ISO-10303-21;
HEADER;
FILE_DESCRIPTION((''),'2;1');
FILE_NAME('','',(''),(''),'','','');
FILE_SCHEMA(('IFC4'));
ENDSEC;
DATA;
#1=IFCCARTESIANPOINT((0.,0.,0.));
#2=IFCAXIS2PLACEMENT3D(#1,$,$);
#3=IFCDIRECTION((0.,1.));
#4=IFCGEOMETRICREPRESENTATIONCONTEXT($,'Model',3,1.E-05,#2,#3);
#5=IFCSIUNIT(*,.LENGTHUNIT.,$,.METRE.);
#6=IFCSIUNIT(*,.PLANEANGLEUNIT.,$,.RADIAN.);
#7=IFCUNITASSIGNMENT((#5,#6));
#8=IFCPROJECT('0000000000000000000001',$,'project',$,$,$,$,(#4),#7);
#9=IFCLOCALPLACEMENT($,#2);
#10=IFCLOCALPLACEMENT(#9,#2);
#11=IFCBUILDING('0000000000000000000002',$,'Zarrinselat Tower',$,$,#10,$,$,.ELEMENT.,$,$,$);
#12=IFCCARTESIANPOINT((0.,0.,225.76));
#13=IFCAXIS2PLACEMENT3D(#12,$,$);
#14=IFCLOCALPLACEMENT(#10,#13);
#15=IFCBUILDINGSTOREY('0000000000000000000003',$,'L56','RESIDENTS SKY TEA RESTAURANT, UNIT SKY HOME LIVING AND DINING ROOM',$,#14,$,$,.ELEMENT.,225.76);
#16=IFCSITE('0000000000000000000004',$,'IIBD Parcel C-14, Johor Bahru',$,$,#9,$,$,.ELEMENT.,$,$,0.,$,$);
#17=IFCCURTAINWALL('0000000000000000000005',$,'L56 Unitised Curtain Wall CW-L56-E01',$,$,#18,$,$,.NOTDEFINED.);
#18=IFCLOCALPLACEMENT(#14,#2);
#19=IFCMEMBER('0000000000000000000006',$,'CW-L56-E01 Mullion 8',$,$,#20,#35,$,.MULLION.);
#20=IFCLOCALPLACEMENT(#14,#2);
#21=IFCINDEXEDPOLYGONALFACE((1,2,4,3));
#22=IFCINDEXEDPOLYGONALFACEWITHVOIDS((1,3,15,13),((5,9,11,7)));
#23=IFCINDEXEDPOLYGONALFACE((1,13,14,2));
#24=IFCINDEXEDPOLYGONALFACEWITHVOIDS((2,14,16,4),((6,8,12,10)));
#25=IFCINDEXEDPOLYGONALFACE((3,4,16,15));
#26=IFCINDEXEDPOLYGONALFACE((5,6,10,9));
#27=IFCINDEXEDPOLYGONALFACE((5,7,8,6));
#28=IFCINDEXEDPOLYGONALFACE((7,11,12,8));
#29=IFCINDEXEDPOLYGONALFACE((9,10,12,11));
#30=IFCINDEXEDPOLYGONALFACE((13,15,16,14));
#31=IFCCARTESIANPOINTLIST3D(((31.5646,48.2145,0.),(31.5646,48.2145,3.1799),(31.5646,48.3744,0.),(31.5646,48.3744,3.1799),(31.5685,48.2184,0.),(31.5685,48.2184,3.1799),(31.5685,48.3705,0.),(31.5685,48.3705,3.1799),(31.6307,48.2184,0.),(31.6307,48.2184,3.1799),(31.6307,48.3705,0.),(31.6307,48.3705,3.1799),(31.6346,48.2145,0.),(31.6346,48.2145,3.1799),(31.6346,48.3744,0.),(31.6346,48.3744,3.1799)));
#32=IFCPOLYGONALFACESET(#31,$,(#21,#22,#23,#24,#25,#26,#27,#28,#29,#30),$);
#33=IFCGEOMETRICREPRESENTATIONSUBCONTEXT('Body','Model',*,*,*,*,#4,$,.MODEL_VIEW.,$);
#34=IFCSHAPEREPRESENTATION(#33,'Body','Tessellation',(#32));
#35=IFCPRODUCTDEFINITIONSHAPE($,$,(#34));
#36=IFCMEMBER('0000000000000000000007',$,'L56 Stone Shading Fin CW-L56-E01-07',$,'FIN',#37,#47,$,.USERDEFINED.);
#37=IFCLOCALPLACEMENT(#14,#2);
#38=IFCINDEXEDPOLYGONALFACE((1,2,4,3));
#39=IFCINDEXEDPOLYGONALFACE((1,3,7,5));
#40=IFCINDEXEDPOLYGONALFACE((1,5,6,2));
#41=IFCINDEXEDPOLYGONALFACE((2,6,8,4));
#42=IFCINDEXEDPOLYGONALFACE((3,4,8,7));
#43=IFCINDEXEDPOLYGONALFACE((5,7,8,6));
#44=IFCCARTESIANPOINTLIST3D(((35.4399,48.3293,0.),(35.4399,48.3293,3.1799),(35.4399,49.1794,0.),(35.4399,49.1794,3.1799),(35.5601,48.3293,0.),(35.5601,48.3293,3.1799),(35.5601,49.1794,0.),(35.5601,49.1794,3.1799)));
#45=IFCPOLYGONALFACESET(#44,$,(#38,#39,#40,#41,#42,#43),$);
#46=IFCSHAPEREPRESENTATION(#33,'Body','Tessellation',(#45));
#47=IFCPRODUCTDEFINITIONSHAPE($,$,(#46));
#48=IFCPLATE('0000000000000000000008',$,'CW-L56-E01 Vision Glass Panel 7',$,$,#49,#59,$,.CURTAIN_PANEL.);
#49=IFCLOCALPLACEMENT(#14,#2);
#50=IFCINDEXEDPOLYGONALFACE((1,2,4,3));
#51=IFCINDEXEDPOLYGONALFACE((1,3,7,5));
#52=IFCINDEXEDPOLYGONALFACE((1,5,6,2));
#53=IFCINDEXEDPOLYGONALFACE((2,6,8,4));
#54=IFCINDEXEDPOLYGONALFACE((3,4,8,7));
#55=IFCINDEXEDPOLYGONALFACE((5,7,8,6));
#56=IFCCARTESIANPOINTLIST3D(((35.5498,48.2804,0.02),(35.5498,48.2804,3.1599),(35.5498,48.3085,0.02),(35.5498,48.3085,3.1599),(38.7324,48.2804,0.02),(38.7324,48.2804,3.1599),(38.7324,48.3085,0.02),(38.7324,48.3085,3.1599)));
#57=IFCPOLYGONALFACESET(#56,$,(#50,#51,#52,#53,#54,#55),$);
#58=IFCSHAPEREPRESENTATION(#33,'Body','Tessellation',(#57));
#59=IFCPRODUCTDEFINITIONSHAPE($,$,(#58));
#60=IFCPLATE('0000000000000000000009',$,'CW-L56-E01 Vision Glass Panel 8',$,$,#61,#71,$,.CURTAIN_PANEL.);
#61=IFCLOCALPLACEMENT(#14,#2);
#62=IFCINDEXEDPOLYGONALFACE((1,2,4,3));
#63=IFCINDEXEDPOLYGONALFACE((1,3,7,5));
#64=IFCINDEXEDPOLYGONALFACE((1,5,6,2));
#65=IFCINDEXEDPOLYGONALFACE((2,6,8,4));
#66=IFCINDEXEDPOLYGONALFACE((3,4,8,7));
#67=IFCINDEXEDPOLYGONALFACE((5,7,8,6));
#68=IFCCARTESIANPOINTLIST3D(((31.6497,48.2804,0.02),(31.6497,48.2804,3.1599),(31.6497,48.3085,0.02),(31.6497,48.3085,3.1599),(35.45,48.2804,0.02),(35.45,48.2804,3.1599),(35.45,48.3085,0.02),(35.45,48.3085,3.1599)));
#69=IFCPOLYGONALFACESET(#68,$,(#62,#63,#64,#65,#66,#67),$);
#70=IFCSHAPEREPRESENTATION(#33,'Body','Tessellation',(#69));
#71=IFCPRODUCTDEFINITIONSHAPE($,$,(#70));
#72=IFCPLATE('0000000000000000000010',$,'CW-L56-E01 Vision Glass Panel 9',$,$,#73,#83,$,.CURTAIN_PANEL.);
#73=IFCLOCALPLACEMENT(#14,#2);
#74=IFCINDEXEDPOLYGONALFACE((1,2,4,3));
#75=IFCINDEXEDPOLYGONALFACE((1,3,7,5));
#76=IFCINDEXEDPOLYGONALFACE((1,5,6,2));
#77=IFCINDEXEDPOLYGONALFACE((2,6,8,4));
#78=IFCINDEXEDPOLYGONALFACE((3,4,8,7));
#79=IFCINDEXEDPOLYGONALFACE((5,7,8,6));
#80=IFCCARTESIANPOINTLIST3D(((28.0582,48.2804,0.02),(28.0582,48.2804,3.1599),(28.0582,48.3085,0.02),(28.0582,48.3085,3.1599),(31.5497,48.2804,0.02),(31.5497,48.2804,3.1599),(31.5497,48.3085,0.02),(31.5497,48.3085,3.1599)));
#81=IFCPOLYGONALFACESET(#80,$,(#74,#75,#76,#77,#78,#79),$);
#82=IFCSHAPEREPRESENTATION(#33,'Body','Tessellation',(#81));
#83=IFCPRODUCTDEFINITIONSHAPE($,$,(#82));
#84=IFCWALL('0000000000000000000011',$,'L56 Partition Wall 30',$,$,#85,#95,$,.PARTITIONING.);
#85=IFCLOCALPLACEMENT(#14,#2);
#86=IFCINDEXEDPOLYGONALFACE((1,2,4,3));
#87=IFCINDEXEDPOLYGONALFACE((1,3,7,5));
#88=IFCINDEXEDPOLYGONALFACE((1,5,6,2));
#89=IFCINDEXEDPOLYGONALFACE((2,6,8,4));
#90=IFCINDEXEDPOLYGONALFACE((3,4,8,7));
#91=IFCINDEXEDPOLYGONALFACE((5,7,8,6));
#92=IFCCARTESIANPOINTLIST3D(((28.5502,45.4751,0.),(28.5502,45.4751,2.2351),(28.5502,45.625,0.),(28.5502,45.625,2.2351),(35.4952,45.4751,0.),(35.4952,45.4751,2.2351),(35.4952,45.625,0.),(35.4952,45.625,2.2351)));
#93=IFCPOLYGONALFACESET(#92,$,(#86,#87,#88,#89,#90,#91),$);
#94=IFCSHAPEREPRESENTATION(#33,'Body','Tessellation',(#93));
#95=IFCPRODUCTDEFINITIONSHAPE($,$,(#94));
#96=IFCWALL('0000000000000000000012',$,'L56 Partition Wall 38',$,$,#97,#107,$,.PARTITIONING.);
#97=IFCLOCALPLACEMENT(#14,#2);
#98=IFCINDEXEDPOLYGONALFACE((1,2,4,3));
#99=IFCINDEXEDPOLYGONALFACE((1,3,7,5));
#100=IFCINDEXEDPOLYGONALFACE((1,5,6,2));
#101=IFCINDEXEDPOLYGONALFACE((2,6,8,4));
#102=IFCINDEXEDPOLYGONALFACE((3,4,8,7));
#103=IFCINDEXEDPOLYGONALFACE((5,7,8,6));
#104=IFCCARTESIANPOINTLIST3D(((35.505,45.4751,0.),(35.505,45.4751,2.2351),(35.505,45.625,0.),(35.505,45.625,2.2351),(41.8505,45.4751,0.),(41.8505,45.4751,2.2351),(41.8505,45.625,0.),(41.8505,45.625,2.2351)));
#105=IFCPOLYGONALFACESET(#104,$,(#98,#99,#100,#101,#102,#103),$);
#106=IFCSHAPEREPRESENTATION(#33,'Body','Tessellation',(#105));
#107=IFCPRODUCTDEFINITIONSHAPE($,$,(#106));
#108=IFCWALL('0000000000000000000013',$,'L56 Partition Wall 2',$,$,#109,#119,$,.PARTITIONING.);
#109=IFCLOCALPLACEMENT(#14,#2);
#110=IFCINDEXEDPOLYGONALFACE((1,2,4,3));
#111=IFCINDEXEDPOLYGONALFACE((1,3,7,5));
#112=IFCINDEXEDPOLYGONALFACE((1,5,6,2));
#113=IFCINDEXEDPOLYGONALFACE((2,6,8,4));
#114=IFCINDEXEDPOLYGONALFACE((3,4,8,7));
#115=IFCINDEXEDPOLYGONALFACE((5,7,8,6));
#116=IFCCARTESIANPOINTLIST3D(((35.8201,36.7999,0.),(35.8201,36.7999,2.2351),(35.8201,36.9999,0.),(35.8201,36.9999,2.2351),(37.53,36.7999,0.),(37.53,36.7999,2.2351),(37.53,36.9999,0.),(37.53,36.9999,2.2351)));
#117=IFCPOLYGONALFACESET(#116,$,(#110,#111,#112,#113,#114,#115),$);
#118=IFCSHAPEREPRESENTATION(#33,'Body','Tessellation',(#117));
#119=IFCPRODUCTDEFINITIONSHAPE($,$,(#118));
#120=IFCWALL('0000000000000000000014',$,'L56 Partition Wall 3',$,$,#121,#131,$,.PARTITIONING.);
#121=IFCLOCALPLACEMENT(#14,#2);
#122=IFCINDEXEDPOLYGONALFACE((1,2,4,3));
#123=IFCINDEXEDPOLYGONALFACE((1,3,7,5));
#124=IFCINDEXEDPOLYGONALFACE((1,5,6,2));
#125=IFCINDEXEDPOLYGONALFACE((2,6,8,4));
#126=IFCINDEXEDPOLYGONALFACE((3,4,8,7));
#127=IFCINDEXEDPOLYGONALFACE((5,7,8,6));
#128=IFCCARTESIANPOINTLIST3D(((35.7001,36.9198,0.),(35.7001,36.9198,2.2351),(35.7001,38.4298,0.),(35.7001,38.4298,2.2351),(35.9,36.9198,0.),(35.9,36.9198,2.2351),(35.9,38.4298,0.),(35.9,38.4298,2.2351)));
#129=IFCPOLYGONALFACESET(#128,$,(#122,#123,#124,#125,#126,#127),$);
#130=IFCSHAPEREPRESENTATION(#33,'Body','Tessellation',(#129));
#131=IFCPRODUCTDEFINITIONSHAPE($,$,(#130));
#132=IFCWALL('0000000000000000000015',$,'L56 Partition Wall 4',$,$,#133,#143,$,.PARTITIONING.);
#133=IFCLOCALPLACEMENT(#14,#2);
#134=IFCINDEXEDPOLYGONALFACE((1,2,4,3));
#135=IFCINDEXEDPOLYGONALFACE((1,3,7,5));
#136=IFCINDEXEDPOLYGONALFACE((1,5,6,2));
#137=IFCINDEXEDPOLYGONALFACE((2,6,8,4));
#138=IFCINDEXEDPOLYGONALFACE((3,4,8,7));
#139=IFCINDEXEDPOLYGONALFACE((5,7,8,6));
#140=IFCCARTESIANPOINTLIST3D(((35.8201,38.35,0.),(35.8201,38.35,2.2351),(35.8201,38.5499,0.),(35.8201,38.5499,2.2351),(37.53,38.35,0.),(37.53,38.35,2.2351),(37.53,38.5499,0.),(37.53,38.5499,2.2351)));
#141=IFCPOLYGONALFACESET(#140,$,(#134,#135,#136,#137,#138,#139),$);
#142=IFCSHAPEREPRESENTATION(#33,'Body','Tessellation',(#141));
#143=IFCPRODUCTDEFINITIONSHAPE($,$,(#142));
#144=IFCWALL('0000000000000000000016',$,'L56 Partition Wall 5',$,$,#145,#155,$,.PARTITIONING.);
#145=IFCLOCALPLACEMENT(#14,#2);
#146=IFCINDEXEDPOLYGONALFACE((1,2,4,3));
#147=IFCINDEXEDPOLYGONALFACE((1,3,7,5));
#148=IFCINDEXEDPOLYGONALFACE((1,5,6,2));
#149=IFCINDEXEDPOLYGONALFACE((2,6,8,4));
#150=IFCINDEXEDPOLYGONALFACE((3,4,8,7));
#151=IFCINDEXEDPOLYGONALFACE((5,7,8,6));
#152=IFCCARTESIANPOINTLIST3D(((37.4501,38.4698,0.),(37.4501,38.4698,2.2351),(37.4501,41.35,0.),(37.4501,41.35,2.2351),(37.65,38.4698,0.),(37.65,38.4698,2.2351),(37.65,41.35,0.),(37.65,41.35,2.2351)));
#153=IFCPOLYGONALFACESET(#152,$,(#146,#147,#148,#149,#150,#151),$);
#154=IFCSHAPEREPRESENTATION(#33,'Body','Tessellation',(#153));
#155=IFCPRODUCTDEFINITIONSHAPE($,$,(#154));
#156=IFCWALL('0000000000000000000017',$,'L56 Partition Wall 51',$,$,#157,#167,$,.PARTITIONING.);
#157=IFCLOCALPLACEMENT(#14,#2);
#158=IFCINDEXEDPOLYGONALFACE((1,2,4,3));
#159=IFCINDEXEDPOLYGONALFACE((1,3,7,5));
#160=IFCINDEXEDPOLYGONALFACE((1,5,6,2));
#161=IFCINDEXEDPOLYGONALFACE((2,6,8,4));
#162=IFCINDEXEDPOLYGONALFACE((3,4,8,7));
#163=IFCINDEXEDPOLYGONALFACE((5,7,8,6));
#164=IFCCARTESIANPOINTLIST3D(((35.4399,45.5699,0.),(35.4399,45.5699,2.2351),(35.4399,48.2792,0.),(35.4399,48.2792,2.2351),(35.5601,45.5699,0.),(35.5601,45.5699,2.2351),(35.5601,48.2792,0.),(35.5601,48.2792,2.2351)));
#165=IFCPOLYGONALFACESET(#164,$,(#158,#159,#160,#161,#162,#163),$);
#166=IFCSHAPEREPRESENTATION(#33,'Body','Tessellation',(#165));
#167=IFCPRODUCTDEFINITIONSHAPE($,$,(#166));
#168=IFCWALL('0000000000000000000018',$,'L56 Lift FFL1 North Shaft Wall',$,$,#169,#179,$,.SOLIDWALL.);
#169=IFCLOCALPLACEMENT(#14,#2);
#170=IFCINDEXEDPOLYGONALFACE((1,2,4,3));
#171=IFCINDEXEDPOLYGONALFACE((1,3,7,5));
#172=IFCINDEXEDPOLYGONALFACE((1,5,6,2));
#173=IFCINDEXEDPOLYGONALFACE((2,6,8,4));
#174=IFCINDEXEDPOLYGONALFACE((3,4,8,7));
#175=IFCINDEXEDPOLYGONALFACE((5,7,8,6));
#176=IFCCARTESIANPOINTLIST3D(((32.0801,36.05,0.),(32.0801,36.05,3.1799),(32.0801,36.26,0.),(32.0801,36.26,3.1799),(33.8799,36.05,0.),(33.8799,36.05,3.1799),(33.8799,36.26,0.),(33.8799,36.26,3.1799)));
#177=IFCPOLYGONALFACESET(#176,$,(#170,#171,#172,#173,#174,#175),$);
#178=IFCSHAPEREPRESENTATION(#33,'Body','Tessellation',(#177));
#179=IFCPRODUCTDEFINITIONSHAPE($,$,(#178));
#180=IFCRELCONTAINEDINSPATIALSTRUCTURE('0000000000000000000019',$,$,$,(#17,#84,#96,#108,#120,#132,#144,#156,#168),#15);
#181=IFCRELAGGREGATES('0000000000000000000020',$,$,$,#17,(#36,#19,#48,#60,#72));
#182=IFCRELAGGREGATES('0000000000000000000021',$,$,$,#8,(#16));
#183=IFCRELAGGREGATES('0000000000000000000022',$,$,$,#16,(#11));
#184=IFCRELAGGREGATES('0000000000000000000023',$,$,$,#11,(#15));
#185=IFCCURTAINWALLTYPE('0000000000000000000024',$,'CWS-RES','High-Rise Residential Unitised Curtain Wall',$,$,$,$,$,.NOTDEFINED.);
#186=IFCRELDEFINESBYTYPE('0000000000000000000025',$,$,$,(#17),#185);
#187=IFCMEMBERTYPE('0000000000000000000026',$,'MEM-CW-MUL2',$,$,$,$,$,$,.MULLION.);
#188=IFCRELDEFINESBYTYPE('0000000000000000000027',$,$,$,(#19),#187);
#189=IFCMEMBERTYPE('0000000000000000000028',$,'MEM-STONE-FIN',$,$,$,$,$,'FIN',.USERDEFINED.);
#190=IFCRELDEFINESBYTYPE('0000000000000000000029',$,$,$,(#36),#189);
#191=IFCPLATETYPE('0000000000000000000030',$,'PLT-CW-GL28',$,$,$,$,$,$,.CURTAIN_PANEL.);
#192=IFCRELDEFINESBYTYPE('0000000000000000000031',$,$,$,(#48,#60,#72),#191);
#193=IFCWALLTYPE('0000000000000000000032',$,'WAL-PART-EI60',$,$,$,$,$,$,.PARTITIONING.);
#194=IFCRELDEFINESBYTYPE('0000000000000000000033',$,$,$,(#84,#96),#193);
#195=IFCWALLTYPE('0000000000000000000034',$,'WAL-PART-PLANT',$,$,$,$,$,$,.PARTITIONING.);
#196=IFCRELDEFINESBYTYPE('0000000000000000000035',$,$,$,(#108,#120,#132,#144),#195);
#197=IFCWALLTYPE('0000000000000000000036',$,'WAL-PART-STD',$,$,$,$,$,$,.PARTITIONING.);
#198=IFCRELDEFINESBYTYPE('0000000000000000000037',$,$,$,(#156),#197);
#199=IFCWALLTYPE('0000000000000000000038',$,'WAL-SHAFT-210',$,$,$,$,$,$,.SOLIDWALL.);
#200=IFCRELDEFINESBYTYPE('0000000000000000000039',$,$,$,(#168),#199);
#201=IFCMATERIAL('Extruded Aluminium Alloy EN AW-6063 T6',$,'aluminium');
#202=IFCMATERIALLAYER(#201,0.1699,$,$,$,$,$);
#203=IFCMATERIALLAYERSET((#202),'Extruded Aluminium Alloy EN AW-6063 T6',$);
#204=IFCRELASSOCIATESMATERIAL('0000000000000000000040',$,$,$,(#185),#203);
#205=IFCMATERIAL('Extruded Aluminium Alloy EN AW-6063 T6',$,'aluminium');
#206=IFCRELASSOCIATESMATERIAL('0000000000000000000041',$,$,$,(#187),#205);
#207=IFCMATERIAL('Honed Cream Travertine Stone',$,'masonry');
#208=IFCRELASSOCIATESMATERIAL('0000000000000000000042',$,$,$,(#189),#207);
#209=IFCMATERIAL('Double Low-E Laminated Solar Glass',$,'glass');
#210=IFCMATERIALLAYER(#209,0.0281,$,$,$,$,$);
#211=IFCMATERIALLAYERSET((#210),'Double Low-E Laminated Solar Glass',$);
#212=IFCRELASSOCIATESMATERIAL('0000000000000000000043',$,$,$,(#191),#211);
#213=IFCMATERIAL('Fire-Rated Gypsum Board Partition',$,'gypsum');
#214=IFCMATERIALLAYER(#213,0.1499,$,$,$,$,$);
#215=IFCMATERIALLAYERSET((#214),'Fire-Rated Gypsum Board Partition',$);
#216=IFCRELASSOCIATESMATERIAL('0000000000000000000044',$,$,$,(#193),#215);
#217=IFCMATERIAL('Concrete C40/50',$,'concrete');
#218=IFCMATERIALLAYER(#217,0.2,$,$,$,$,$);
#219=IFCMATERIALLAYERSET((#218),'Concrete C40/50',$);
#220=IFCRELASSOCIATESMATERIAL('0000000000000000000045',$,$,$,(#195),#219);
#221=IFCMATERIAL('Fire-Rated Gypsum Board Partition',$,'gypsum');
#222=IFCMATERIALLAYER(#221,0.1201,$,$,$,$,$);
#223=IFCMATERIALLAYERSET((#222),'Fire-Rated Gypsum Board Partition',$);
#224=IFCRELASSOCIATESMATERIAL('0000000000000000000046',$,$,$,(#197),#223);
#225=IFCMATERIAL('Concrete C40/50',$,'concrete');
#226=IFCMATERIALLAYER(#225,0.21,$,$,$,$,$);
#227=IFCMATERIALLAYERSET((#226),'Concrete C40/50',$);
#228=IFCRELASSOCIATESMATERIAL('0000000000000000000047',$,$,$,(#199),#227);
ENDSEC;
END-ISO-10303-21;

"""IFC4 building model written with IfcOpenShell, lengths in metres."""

from ifc_helpers import new_model, si_unit, direction, frame, frame_2d, origin, origin_2d, place, context, subcontext, project, spatial, rectangle, hollow_rectangle, extrude, material, layer, layer_set, material_profile, profile_set, type_object, element, aggregate, save


model = new_model("IFC4")

# Units and contexts
model_context = context("Model", 3, precision=1e-05, world=origin(), true_north=direction((0.0, 1.0)))
body_context = subcontext(model_context, "Body", "Model", "MODEL_VIEW")
ifc_project = project(units=[si_unit("LENGTHUNIT", "METRE"), si_unit("PLANEANGLEUNIT", "RADIAN")], contexts=[model_context])

# Site, building, storey
site_placement = place(None, origin())
site = spatial("IfcSite", under=ifc_project, at=site_placement, Name="IIBD Parcel C-14, Johor Bahru", CompositionType="ELEMENT", RefElevation=0.0)
building_placement = place(site_placement, origin())
building = spatial("IfcBuilding", under=site, at=building_placement, Name="Zarrinselat Tower", CompositionType="ELEMENT")
storey_placement = place(building_placement, frame((0.0, 0.0, 225.76)))
storey = spatial("IfcBuildingStorey", under=building, at=storey_placement, Name="L56", Description="RESIDENTS SKY TEA RESTAURANT, UNIT SKY HOME LIVING AND DINING ROOM", CompositionType="ELEMENT", Elevation=225.76)

# Curtain wall, members, plates
ifc_material_1 = material(Name="Extruded Aluminium Alloy EN AW-6063 T6", Category="aluminium")
ifc_layer_1 = layer(ifc_material_1, 0.1699)
ifc_layer_set_1 = layer_set([ifc_layer_1], Name="Extruded Aluminium Alloy EN AW-6063 T6")
curtain_wall_type = type_object("IfcCurtainWallType", Name="CWS-RES", Description="High-Rise Residential Unitised Curtain Wall", PredefinedType="NOTDEFINED", material=ifc_layer_set_1)
curtain_wall_placement = place(storey_placement, origin())
curtain_wall = element("IfcCurtainWall", 1, at=curtain_wall_placement, inside=storey, type_object=curtain_wall_type, Name="L56 Unitised Curtain Wall CW-L56-E01", PredefinedType="NOTDEFINED")
ifc_material_2 = material(Name="Extruded Aluminium Alloy EN AW-6063 T6", Category="aluminium")
ifc_material_profile_1 = material_profile(ifc_material_2, hollow_rectangle(XDim=0.0701, YDim=0.1599, WallThickness=0.0039, at=origin_2d()), Name="RHS 160x70x4")
ifc_profile_set_1 = profile_set([ifc_material_profile_1], Name="Extruded Aluminium Alloy EN AW-6063 T6")
member_type_1 = type_object("IfcMemberType", Name="MEM-CW-MUL2", PredefinedType="MULLION", material=ifc_profile_set_1)
member_1_placement = place(storey_placement, frame((31.5996, 48.2944, 0.0), z_axis=(0.0, 0.0, 1.0), x_axis=(-1.0, 0.0, 0.0)))
member_1 = element("IfcMember", 2, at=member_1_placement, type_object=member_type_1, Name="CW-L56-E01 Mullion 8", PredefinedType="MULLION", context=body_context, shape_type="SweptSolid", body=[
    extrude(hollow_rectangle(XDim=0.0701, YDim=0.1599, WallThickness=0.0039, at=origin_2d()), origin(), (0.0, 0.0, 1.0), 3.1799),
])
ifc_material_3 = material(Name="Honed Cream Travertine Stone", Category="masonry")
ifc_material_profile_2 = material_profile(ifc_material_3, rectangle(XDim=0.1201, YDim=0.8501, at=origin_2d()), Name="FIN 850x120")
ifc_profile_set_2 = profile_set([ifc_material_profile_2], Name="Honed Cream Travertine Stone")
member_type_2 = type_object("IfcMemberType", Name="MEM-STONE-FIN", ElementType="FIN", PredefinedType="USERDEFINED", material=ifc_profile_set_2)
member_2_placement = place(storey_placement, frame((35.5, 48.7544, 0.0), z_axis=(0.0, 0.0, 1.0), x_axis=(1.0, 0.0, 0.0)))
member_2 = element("IfcMember", 3, at=member_2_placement, type_object=member_type_2, Name="L56 Stone Shading Fin CW-L56-E01-07", ObjectType="FIN", PredefinedType="USERDEFINED", context=body_context, shape_type="SweptSolid", body=[
    extrude(rectangle(XDim=0.1201, YDim=0.8501, at=origin_2d()), origin(), (0.0, 0.0, 1.0), 3.1799),
])
ifc_material_4 = material(Name="Double Low-E Laminated Solar Glass", Category="glass")
ifc_layer_2 = layer(ifc_material_4, 0.0281)
ifc_layer_set_2 = layer_set([ifc_layer_2], Name="Double Low-E Laminated Solar Glass")
plate_type = type_object("IfcPlateType", Name="PLT-CW-GL28", PredefinedType="CURTAIN_PANEL", material=ifc_layer_set_2)
plate_1_placement = place(storey_placement, frame((37.1411, 48.2944, 0.02), z_axis=(0.0, 0.0, 1.0), x_axis=(-1.0, 0.0, 0.0)))
plate_1 = element("IfcPlate", 4, at=plate_1_placement, type_object=plate_type, Name="CW-L56-E01 Vision Glass Panel 7", PredefinedType="CURTAIN_PANEL", context=body_context, shape_type="SweptSolid", body=[
    extrude(rectangle(XDim=3.1826, YDim=0.0281, at=origin_2d()), origin(), (0.0, 0.0, 1.0), 3.1399),
])
plate_2_placement = place(storey_placement, frame((33.5498, 48.2944, 0.02), z_axis=(0.0, 0.0, 1.0), x_axis=(-1.0, 0.0, 0.0)))
plate_2 = element("IfcPlate", 5, at=plate_2_placement, type_object=plate_type, Name="CW-L56-E01 Vision Glass Panel 8", PredefinedType="CURTAIN_PANEL", context=body_context, shape_type="SweptSolid", body=[
    extrude(rectangle(XDim=3.8003, YDim=0.0281, at=origin_2d()), origin(), (0.0, 0.0, 1.0), 3.1399),
])
plate_3_placement = place(storey_placement, frame((29.804, 48.2944, 0.02), z_axis=(0.0, 0.0, 1.0), x_axis=(-1.0, 0.0, 0.0)))
plate_3 = element("IfcPlate", 6, at=plate_3_placement, type_object=plate_type, Name="CW-L56-E01 Vision Glass Panel 9", PredefinedType="CURTAIN_PANEL", context=body_context, shape_type="SweptSolid", body=[
    extrude(rectangle(XDim=3.4915, YDim=0.0281, at=origin_2d()), origin(), (0.0, 0.0, 1.0), 3.1399),
])
aggregate(curtain_wall, [member_2, member_1, plate_1, plate_2, plate_3])

# Walls
ifc_material_5 = material(Name="Fire-Rated Gypsum Board Partition", Category="gypsum")
ifc_layer_3 = layer(ifc_material_5, 0.1499)
ifc_layer_set_3 = layer_set([ifc_layer_3], Name="Fire-Rated Gypsum Board Partition")
wall_type_1 = type_object("IfcWallType", Name="WAL-PART-EI60", PredefinedType="PARTITIONING", material=ifc_layer_set_3)
wall_1_placement = place(storey_placement, frame((28.55, 45.55, 0.0), z_axis=(0.0, 0.0, 1.0), x_axis=(1.0, 0.0, 0.0)))
element("IfcWall", 7, at=wall_1_placement, inside=storey, type_object=wall_type_1, Name="L56 Partition Wall 30", PredefinedType="PARTITIONING", context=body_context, shape_type="SweptSolid", body=[
    extrude(rectangle(XDim=6.9451, YDim=0.1499, at=frame_2d((3.4727, 0.0))), origin(), (0.0, 0.0, 1.0), 2.2351),
])
wall_2_placement = place(storey_placement, frame((35.5049, 45.55, 0.0), z_axis=(0.0, 0.0, 1.0), x_axis=(1.0, 0.0, 0.0)))
element("IfcWall", 8, at=wall_2_placement, inside=storey, type_object=wall_type_1, Name="L56 Partition Wall 38", PredefinedType="PARTITIONING", context=body_context, shape_type="SweptSolid", body=[
    extrude(rectangle(XDim=6.3455, YDim=0.1499, at=frame_2d((3.1729, 0.0))), origin(), (0.0, 0.0, 1.0), 2.2351),
])
ifc_material_6 = material(Name="Concrete C40/50", Category="concrete")
ifc_layer_4 = layer(ifc_material_6, 0.2)
ifc_layer_set_4 = layer_set([ifc_layer_4], Name="Concrete C40/50")
wall_type_2 = type_object("IfcWallType", Name="WAL-PART-PLANT", PredefinedType="PARTITIONING", material=ifc_layer_set_4)
wall_3_placement = place(storey_placement, frame((35.8201, 36.8999, 0.0), z_axis=(0.0, 0.0, 1.0), x_axis=(1.0, 0.0, 0.0)))
element("IfcWall", 9, at=wall_3_placement, inside=storey, type_object=wall_type_2, Name="L56 Partition Wall 2", PredefinedType="PARTITIONING", context=body_context, shape_type="SweptSolid", body=[
    extrude(rectangle(XDim=1.71, YDim=0.2, at=frame_2d((0.855, 0.0))), origin(), (0.0, 0.0, 1.0), 2.2351),
])
wall_4_placement = place(storey_placement, frame((35.8, 36.9199, 0.0), z_axis=(0.0, 0.0, 1.0), x_axis=(0.0, 1.0, 0.0)))
element("IfcWall", 10, at=wall_4_placement, inside=storey, type_object=wall_type_2, Name="L56 Partition Wall 3", PredefinedType="PARTITIONING", context=body_context, shape_type="SweptSolid", body=[
    extrude(rectangle(XDim=1.51, YDim=0.2, at=frame_2d((0.7549, 0.0))), origin(), (0.0, 0.0, 1.0), 2.2351),
])
wall_5_placement = place(storey_placement, frame((35.8201, 38.45, 0.0), z_axis=(0.0, 0.0, 1.0), x_axis=(1.0, 0.0, 0.0)))
element("IfcWall", 11, at=wall_5_placement, inside=storey, type_object=wall_type_2, Name="L56 Partition Wall 4", PredefinedType="PARTITIONING", context=body_context, shape_type="SweptSolid", body=[
    extrude(rectangle(XDim=1.71, YDim=0.2, at=frame_2d((0.855, 0.0))), origin(), (0.0, 0.0, 1.0), 2.2351),
])
wall_6_placement = place(storey_placement, frame((37.55, 38.47, 0.0), z_axis=(0.0, 0.0, 1.0), x_axis=(0.0, 1.0, 0.0)))
element("IfcWall", 12, at=wall_6_placement, inside=storey, type_object=wall_type_2, Name="L56 Partition Wall 5", PredefinedType="PARTITIONING", context=body_context, shape_type="SweptSolid", body=[
    extrude(rectangle(XDim=2.8801, YDim=0.2, at=frame_2d((1.4399, 0.0))), origin(), (0.0, 0.0, 1.0), 2.2351),
])
ifc_material_7 = material(Name="Fire-Rated Gypsum Board Partition", Category="gypsum")
ifc_layer_5 = layer(ifc_material_7, 0.1201)
ifc_layer_set_5 = layer_set([ifc_layer_5], Name="Fire-Rated Gypsum Board Partition")
wall_type_3 = type_object("IfcWallType", Name="WAL-PART-STD", PredefinedType="PARTITIONING", material=ifc_layer_set_5)
wall_7_placement = place(storey_placement, frame((35.5, 45.5701, 0.0), z_axis=(0.0, 0.0, 1.0), x_axis=(0.0, 1.0, 0.0)))
element("IfcWall", 13, at=wall_7_placement, inside=storey, type_object=wall_type_3, Name="L56 Partition Wall 51", PredefinedType="PARTITIONING", context=body_context, shape_type="SweptSolid", body=[
    extrude(rectangle(XDim=2.7092, YDim=0.1201, at=frame_2d((1.3545, 0.0))), origin(), (0.0, 0.0, 1.0), 2.2351),
])
ifc_material_8 = material(Name="Concrete C40/50", Category="concrete")
ifc_layer_6 = layer(ifc_material_8, 0.21)
ifc_layer_set_6 = layer_set([ifc_layer_6], Name="Concrete C40/50")
wall_type_4 = type_object("IfcWallType", Name="WAL-SHAFT-210", PredefinedType="SOLIDWALL", material=ifc_layer_set_6)
wall_8_placement = place(storey_placement, frame((32.0801, 36.155, 0.0), z_axis=(0.0, 0.0, 1.0), x_axis=(1.0, 0.0, 0.0)))
element("IfcWall", 14, at=wall_8_placement, inside=storey, type_object=wall_type_4, Name="L56 Lift FFL1 North Shaft Wall", PredefinedType="SOLIDWALL", context=body_context, shape_type="SweptSolid", body=[
    extrude(rectangle(XDim=1.7998, YDim=0.21, at=frame_2d((0.8999, 0.0))), origin(), (0.0, 0.0, 1.0), 3.1799),
])

save(model, "model.ifc")
